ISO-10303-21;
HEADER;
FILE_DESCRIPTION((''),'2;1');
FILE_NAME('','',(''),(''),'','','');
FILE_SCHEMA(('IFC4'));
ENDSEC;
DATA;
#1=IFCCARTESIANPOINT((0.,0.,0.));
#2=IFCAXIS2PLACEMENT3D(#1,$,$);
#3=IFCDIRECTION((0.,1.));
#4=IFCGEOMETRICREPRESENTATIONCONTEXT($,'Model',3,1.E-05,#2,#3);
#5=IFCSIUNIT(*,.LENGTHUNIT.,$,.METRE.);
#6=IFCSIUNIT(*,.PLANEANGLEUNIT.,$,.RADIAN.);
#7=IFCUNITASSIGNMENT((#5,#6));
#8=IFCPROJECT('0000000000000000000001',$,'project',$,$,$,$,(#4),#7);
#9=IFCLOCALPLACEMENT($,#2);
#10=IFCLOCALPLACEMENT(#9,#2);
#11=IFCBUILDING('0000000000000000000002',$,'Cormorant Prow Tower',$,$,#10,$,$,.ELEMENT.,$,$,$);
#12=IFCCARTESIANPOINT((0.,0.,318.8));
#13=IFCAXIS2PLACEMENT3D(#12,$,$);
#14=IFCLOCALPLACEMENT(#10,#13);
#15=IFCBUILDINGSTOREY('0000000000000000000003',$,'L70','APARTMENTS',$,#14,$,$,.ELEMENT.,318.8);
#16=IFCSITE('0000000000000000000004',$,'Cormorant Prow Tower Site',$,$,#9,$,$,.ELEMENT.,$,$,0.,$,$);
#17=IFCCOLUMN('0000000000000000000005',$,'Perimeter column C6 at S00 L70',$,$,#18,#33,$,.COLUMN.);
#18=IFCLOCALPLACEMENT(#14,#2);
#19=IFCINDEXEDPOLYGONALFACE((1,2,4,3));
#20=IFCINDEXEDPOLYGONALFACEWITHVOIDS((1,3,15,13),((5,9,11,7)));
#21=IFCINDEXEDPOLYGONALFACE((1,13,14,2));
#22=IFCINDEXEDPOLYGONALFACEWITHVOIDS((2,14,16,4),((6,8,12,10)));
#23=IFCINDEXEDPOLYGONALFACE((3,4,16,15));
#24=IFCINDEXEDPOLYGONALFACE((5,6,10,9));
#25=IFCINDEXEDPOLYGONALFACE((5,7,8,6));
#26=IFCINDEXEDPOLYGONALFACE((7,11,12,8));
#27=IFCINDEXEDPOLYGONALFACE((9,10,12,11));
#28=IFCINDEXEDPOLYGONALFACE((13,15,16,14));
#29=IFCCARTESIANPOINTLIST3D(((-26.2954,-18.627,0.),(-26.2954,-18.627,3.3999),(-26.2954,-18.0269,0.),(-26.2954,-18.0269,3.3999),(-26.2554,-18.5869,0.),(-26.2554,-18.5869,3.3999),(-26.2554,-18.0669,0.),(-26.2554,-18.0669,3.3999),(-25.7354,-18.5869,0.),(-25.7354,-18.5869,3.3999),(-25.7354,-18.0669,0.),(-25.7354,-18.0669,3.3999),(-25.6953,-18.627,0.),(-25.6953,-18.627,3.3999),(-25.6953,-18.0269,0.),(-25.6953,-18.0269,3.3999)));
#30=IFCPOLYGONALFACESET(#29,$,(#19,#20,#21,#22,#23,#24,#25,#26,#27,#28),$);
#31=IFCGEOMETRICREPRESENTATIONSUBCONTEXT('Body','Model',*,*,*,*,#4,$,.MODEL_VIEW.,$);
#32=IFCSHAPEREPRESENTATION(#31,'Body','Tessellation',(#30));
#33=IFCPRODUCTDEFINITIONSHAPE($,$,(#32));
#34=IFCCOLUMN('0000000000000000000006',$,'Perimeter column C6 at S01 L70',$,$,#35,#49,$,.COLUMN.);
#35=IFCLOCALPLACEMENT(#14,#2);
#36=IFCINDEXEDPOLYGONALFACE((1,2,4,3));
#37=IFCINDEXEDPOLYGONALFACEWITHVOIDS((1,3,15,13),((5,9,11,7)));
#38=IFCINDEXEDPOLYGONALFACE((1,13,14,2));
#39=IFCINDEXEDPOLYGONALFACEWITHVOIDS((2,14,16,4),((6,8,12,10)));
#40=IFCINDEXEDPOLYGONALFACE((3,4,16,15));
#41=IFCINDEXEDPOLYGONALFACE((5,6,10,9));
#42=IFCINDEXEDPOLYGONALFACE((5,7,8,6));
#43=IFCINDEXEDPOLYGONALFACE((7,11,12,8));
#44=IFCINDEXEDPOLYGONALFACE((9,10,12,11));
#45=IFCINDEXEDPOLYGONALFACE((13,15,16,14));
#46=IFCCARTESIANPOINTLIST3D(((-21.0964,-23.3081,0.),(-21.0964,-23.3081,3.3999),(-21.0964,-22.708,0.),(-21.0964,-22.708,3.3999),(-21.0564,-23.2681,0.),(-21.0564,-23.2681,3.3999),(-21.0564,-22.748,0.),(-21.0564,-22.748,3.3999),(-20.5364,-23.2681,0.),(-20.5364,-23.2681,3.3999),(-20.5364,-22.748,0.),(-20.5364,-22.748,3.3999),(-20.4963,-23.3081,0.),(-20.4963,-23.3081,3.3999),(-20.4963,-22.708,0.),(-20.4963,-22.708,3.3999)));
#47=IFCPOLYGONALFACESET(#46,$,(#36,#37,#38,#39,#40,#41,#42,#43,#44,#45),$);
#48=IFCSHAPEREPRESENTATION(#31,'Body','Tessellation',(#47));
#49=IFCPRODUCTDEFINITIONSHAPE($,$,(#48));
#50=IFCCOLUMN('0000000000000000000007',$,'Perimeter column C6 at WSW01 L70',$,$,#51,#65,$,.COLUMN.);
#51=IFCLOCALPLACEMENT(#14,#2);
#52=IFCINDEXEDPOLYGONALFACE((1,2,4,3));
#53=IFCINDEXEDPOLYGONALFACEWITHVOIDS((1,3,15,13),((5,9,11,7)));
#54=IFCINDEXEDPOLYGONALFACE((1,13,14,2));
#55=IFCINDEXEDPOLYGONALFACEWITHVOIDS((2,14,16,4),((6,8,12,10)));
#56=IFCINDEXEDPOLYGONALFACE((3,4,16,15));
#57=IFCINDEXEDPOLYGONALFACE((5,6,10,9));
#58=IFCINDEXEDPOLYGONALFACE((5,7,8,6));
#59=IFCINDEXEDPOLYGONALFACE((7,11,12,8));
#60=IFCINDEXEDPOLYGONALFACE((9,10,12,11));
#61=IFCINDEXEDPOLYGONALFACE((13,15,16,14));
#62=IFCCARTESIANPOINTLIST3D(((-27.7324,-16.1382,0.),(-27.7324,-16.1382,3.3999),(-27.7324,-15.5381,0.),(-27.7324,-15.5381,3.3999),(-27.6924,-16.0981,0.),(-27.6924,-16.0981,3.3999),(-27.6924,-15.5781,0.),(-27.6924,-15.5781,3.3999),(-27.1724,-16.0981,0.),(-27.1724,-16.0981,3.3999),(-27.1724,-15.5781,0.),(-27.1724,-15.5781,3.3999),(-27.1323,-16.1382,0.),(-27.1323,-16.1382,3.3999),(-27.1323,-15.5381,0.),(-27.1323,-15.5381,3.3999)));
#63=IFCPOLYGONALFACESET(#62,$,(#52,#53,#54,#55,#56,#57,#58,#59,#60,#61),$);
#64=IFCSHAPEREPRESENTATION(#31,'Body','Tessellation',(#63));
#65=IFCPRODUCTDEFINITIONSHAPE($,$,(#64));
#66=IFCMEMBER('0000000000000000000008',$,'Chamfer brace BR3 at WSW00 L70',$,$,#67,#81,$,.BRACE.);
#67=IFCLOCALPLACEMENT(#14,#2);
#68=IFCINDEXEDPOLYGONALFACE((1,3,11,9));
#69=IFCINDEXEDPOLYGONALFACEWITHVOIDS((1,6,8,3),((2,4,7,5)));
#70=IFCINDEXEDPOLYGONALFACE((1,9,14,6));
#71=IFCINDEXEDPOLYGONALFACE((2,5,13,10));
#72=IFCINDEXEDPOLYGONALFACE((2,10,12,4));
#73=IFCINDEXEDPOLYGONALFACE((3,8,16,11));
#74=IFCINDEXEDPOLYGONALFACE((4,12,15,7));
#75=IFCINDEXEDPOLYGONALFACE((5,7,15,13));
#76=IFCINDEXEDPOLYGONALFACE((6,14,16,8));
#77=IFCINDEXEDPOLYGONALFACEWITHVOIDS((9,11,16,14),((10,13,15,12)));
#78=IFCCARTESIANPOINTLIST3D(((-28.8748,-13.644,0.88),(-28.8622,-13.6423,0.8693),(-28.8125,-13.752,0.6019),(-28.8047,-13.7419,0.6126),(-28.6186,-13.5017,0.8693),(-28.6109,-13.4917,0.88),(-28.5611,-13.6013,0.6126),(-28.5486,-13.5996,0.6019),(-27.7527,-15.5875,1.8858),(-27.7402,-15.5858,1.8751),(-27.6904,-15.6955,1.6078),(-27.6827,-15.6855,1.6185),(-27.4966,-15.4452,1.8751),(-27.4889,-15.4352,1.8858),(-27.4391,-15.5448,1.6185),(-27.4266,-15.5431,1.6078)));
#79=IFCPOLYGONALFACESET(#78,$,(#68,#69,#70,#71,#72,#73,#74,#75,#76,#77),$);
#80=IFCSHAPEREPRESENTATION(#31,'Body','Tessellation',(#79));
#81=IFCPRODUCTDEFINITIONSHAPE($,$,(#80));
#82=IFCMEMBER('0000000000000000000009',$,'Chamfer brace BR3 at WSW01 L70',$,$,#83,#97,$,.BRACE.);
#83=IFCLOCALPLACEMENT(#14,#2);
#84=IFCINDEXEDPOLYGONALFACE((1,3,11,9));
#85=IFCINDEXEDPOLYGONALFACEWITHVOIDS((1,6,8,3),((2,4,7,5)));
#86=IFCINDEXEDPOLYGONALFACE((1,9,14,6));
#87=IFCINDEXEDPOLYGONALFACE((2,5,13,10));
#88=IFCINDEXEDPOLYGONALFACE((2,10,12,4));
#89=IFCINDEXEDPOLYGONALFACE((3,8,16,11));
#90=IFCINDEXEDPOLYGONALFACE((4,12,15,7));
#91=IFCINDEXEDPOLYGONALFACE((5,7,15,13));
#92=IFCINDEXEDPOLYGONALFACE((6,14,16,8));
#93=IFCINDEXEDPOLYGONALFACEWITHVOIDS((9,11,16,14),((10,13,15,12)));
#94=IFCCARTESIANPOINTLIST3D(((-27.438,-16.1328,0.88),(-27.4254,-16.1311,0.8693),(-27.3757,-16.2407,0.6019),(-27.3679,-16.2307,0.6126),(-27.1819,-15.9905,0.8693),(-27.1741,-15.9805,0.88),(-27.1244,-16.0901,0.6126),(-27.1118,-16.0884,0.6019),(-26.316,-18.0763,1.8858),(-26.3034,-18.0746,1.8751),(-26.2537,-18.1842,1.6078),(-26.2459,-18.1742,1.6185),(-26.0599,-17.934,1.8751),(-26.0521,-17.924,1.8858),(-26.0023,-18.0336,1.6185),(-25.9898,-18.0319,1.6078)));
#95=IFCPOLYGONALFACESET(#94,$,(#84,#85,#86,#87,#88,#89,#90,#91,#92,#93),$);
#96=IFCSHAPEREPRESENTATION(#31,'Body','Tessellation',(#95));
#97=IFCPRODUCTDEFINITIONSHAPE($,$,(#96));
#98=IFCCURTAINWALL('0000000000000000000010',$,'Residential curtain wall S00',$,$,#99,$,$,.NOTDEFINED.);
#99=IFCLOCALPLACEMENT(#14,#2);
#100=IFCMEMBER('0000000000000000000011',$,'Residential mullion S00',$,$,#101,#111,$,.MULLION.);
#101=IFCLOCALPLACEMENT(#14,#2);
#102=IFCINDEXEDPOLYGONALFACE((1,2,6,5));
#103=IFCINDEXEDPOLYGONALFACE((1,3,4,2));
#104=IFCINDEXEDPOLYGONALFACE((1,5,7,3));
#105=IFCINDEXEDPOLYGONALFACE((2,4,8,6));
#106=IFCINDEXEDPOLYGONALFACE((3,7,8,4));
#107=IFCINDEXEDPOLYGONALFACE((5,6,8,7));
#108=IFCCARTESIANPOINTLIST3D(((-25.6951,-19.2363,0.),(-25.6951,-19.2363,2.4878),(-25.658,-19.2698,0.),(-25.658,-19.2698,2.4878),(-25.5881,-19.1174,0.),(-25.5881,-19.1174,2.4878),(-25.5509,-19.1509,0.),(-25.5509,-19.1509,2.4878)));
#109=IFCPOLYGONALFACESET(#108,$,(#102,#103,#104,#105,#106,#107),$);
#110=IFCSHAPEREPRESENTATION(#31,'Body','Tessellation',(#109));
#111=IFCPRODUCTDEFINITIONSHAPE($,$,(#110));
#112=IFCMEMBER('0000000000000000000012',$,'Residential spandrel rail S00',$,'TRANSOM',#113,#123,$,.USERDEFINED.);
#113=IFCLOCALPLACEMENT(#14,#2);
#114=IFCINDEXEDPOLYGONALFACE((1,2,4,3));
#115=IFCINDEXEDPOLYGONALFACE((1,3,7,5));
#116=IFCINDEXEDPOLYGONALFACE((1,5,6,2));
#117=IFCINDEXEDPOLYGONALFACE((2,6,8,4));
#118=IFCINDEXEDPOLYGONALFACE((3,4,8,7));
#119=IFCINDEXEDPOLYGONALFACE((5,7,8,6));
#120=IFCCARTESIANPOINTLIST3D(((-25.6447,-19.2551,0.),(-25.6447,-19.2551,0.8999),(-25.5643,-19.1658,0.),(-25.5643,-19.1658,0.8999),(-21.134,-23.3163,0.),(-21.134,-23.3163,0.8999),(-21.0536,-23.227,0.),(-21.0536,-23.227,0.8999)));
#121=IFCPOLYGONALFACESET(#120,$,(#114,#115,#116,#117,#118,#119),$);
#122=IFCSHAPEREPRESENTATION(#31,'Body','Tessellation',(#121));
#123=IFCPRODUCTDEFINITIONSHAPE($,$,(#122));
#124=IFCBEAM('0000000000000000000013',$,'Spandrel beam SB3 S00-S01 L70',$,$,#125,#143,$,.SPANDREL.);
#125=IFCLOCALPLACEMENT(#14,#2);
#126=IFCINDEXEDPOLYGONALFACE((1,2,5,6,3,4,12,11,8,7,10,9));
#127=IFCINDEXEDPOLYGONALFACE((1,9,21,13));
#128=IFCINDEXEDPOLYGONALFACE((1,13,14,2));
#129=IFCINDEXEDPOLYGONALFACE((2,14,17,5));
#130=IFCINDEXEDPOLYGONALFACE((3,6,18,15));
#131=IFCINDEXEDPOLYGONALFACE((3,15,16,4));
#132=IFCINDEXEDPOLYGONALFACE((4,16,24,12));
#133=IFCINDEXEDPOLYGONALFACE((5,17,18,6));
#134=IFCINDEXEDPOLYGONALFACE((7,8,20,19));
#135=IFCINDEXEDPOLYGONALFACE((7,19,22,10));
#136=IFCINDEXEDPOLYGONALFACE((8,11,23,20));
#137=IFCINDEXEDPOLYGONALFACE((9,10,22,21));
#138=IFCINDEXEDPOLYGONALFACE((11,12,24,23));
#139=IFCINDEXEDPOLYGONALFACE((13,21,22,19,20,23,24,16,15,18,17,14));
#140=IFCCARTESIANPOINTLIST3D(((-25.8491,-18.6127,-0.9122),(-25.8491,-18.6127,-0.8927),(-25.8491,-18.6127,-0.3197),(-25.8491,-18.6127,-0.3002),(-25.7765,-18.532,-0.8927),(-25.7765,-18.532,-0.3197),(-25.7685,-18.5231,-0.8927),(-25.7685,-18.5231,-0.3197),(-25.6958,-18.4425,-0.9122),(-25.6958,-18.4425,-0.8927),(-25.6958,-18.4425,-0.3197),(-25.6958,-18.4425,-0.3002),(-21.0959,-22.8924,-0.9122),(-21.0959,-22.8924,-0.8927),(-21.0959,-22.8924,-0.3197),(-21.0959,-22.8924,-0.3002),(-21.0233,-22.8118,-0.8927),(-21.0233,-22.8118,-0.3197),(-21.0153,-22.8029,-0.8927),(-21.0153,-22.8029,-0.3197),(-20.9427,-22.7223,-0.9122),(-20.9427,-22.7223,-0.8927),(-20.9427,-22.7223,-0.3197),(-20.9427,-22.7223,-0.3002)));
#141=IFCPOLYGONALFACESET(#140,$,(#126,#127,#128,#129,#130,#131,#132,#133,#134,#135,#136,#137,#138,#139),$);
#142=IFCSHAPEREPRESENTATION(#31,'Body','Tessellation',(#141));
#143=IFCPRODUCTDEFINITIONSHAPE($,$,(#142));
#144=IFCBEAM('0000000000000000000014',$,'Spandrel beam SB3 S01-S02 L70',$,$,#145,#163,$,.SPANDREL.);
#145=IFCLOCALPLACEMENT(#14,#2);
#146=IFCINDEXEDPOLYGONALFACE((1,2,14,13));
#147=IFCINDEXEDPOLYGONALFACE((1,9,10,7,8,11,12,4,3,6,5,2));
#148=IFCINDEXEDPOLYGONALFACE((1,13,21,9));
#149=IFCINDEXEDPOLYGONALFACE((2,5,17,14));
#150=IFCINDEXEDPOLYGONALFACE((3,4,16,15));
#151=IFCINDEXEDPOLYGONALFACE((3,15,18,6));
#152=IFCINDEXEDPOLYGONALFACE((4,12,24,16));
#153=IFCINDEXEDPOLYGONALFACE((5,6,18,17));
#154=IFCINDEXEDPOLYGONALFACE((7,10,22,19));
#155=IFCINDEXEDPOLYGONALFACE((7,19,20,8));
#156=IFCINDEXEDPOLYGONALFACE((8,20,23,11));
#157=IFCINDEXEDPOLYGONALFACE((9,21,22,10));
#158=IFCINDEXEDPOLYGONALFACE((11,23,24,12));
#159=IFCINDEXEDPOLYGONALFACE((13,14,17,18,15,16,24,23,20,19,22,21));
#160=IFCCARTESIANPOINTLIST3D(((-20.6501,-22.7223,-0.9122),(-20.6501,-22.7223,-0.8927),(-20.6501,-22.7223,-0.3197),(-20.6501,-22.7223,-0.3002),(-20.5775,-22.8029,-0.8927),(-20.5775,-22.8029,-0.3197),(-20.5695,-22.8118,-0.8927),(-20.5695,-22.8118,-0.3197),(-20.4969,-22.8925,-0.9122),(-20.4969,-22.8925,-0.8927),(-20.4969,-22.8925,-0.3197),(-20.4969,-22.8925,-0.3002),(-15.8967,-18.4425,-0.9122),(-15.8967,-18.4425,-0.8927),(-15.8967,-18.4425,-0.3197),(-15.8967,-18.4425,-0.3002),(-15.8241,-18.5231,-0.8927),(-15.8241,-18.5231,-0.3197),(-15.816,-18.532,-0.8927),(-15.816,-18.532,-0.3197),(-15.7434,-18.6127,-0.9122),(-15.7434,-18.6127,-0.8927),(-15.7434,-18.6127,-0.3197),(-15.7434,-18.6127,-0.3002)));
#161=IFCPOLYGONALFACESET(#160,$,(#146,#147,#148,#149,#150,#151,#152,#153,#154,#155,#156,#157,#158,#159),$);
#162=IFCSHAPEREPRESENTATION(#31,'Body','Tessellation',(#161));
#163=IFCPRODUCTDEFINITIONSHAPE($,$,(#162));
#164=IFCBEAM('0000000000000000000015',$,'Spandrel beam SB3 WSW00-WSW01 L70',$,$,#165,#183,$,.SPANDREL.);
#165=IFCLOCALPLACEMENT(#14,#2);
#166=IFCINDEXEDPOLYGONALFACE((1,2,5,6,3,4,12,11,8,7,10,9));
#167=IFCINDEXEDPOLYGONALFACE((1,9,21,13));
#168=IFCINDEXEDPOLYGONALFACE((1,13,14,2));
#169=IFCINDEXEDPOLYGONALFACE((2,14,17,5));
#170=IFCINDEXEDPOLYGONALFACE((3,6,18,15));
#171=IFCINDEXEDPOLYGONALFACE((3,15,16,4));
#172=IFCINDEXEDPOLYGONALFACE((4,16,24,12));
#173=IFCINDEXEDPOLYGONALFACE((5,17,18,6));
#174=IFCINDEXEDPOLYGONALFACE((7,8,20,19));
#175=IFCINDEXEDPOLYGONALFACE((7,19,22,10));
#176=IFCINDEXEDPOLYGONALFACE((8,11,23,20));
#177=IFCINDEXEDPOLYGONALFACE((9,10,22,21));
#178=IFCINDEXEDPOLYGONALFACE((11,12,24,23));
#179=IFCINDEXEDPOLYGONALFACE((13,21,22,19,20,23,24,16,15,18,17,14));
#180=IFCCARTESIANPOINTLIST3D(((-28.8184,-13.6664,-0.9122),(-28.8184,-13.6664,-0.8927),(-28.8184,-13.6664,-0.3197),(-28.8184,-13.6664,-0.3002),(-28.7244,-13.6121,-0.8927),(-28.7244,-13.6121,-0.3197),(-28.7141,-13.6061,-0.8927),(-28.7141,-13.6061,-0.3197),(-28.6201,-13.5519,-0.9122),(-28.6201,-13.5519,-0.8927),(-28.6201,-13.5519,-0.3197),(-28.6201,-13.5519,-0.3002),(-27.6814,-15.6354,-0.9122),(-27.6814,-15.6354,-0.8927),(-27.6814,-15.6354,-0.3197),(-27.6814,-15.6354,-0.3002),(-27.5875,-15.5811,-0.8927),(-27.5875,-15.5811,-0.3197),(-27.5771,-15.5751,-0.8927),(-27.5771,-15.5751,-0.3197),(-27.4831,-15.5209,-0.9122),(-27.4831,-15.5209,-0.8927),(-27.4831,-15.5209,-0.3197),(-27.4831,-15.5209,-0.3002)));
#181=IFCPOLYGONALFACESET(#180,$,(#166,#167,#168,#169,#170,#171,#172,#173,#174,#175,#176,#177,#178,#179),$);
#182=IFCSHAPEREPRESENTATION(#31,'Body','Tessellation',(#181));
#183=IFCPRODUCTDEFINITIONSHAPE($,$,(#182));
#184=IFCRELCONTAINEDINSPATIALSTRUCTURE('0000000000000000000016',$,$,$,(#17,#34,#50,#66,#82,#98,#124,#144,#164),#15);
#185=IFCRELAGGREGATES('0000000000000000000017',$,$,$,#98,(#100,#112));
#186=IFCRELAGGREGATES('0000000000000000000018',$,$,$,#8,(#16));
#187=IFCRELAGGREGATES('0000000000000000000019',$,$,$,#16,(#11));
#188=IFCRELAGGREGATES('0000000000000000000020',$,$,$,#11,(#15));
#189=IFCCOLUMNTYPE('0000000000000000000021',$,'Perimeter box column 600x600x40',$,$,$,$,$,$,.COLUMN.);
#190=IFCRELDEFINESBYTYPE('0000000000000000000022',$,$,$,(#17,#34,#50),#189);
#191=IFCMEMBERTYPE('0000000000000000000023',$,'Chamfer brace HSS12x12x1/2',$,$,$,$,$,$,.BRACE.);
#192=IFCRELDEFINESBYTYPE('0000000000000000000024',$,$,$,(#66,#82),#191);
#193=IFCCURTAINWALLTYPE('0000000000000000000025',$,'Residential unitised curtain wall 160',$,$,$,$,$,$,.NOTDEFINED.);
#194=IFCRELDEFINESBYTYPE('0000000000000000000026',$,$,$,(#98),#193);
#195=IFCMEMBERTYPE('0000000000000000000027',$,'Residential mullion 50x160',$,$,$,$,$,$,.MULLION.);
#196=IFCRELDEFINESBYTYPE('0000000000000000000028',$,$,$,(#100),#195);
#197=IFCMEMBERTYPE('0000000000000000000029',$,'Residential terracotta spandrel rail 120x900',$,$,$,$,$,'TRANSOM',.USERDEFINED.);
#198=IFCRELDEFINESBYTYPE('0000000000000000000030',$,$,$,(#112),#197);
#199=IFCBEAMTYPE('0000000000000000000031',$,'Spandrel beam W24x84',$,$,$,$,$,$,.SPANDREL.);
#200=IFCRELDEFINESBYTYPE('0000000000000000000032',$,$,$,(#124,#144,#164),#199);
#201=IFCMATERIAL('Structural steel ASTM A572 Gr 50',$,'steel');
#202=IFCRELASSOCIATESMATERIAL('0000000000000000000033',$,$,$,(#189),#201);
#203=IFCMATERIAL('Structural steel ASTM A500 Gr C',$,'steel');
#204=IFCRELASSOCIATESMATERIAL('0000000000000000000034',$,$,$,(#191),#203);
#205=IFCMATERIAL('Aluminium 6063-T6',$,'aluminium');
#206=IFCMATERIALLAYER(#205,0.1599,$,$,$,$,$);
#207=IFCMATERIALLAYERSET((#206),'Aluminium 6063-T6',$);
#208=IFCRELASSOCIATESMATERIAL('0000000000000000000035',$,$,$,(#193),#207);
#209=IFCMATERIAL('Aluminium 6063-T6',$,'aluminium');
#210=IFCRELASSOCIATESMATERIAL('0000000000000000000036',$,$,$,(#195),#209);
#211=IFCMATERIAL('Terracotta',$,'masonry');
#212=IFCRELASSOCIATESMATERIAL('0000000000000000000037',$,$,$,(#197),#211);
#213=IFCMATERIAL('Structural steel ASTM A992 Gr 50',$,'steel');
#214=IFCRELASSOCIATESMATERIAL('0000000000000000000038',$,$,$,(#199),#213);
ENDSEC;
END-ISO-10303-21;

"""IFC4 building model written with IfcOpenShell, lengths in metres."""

from ifc_helpers import new_model, si_unit, direction, frame, origin, origin_2d, place, context, subcontext, project, spatial, rectangle, hollow_rectangle, i_section, extrude, material, layer, layer_set, material_profile, profile_set, type_object, element, aggregate, save


model = new_model("IFC4")

# Units and contexts
model_context = context("Model", 3, precision=1e-05, world=origin(), true_north=direction((0.0, 1.0)))
body_context = subcontext(model_context, "Body", "Model", "MODEL_VIEW")
ifc_project = project(units=[si_unit("LENGTHUNIT", "METRE"), si_unit("PLANEANGLEUNIT", "RADIAN")], contexts=[model_context])

# Site, building, storey
site_placement = place(None, origin())
site = spatial("IfcSite", under=ifc_project, at=site_placement, Name="Cormorant Prow Tower Site", CompositionType="ELEMENT", RefElevation=0.0)
building_placement = place(site_placement, origin())
building = spatial("IfcBuilding", under=site, at=building_placement, Name="Cormorant Prow Tower", CompositionType="ELEMENT")
storey_placement = place(building_placement, frame((0.0, 0.0, 318.8)))
storey = spatial("IfcBuildingStorey", under=building, at=storey_placement, Name="L70", Description="APARTMENTS", CompositionType="ELEMENT", Elevation=318.8)

# Columns
ifc_material_1 = material(Name="Structural steel ASTM A572 Gr 50", Category="steel")
ifc_material_profile_1 = material_profile(ifc_material_1, hollow_rectangle(XDim=0.6001, YDim=0.6001, WallThickness=0.04, at=origin_2d()), Name="Box 600x600x40")
ifc_profile_set_1 = profile_set([ifc_material_profile_1], Name="Structural steel ASTM A572 Gr 50")
column_type = type_object("IfcColumnType", Name="Perimeter box column 600x600x40", PredefinedType="COLUMN", material=ifc_profile_set_1)
for number, where, z_axis, x_axis, name in (
    (1, (-25.9954, -18.3269, 0.0), (0.0, 0.0, 1.0), (1.0, 0.0, 0.0), "Perimeter column C6 at S00 L70"),
    (2, (-20.7964, -23.0081, 0.0), (0.0, 0.0, 1.0), (1.0, 0.0, 0.0), "Perimeter column C6 at S01 L70"),
    (3, (-27.4324, -15.8381, 0.0), (0.0, 0.0, 1.0), (1.0, 0.0, 0.0), "Perimeter column C6 at WSW01 L70"),
):
    element("IfcColumn", number, at=place(storey_placement, frame(where, z_axis=z_axis, x_axis=x_axis)), inside=storey, type_object=column_type, Name=name, PredefinedType="COLUMN", context=body_context, shape_type="SweptSolid", body=[
        extrude(hollow_rectangle(XDim=0.6001, YDim=0.6001, WallThickness=0.04, at=origin_2d()), origin(), (0.0, 0.0, 1.0), 3.3999),
    ])

# Members
ifc_material_2 = material(Name="Structural steel ASTM A500 Gr C", Category="steel")
ifc_material_profile_2 = material_profile(ifc_material_2, hollow_rectangle(XDim=0.3047, YDim=0.3047, WallThickness=0.0117, at=origin_2d()), Name="HSS12x12x1/2")
ifc_profile_set_2 = profile_set([ifc_material_profile_2], Name="Structural steel ASTM A500 Gr C")
member_type_1 = type_object("IfcMemberType", Name="Chamfer brace HSS12x12x1/2", PredefinedType="BRACE", material=ifc_profile_set_2)
for number, where, z_axis, x_axis, name in (
    (4, (-28.7117, -13.6218, 0.741), (0.456247, -0.790292, 0.408994), (0.866039, 0.499977, 0.0), "Chamfer brace BR3 at WSW00 L70"),
    (5, (-27.2749, -16.1106, 0.741), (0.456247, -0.790292, 0.408994), (0.866039, 0.499977, 0.0), "Chamfer brace BR3 at WSW01 L70"),
):
    element("IfcMember", number, at=place(storey_placement, frame(where, z_axis=z_axis, x_axis=x_axis)), inside=storey, type_object=member_type_1, Name=name, PredefinedType="BRACE", context=body_context, shape_type="SweptSolid", body=[
        extrude(hollow_rectangle(XDim=0.3047, YDim=0.3047, WallThickness=0.0117, at=origin_2d()), origin(), (0.0, 0.0, 1.0), 2.4592),
    ])

# Curtain wall, members
ifc_material_3 = material(Name="Aluminium 6063-T6", Category="aluminium")
ifc_layer_1 = layer(ifc_material_3, 0.1599)
ifc_layer_set_1 = layer_set([ifc_layer_1], Name="Aluminium 6063-T6")
curtain_wall_type = type_object("IfcCurtainWallType", Name="Residential unitised curtain wall 160", PredefinedType="NOTDEFINED", material=ifc_layer_set_1)
curtain_wall_placement = place(storey_placement, origin())
curtain_wall = element("IfcCurtainWall", 6, at=curtain_wall_placement, inside=storey, type_object=curtain_wall_type, Name="Residential curtain wall S00", PredefinedType="NOTDEFINED")
ifc_material_4 = material(Name="Aluminium 6063-T6", Category="aluminium")
ifc_material_profile_3 = material_profile(ifc_material_4, rectangle(XDim=0.1599, YDim=0.05, at=origin_2d()), Name="Residential mullion 50x160")
ifc_profile_set_3 = profile_set([ifc_material_profile_3], Name="Aluminium 6063-T6")
member_type_2 = type_object("IfcMemberType", Name="Residential mullion 50x160", PredefinedType="MULLION", material=ifc_profile_set_3)
member_1_placement = place(storey_placement, frame((-25.623, -19.1936, 0.0), z_axis=(0.0, 0.0, 1.0), x_axis=(0.669131, 0.743145, 0.0)))
member_1 = element("IfcMember", 7, at=member_1_placement, type_object=member_type_2, Name="Residential mullion S00", PredefinedType="MULLION", context=body_context, shape_type="SweptSolid", body=[
    extrude(rectangle(XDim=0.1599, YDim=0.05, at=origin_2d()), origin(), (0.0, 0.0, 1.0), 2.4878),
])
ifc_material_5 = material(Name="Terracotta", Category="masonry")
ifc_material_profile_4 = material_profile(ifc_material_5, rectangle(XDim=0.1201, YDim=0.8999, at=origin_2d()), Name="Residential terracotta spandrel rail 120x900")
ifc_profile_set_4 = profile_set([ifc_material_profile_4], Name="Terracotta")
member_type_3 = type_object("IfcMemberType", Name="Residential terracotta spandrel rail 120x900", ElementType="TRANSOM", PredefinedType="USERDEFINED", material=ifc_profile_set_4)
member_2_placement = place(storey_placement, frame((-25.6045, -19.2104, 0.45), z_axis=(0.743162, -0.669111, 0.0), x_axis=(0.669111, 0.743162, 0.0)))
member_2 = element("IfcMember", 8, at=member_2_placement, type_object=member_type_3, Name="Residential spandrel rail S00", ObjectType="TRANSOM", PredefinedType="USERDEFINED", context=body_context, shape_type="SweptSolid", body=[
    extrude(rectangle(XDim=0.1201, YDim=0.8999, at=origin_2d()), origin(), (0.0, 0.0, 1.0), 6.0696),
])

# Beams
ifc_material_6 = material(Name="Structural steel ASTM A992 Gr 50", Category="steel")
ifc_material_profile_5 = material_profile(ifc_material_6, i_section(OverallWidth=0.229, OverallDepth=0.6121, WebThickness=0.012, FlangeThickness=0.0195, at=origin_2d()), Name="W24x84")
ifc_profile_set_5 = profile_set([ifc_material_profile_5], Name="Structural steel ASTM A992 Gr 50")
beam_type = type_object("IfcBeamType", Name="Spandrel beam W24x84", PredefinedType="SPANDREL", material=ifc_profile_set_5)
beam_1_placement = place(storey_placement, frame((-25.7725, -18.5276, -0.6062), z_axis=(0.743144, -0.669131, 0.0), x_axis=(0.669131, 0.743144, 0.0)))
element("IfcBeam", 9, at=beam_1_placement, inside=storey, type_object=beam_type, Name="Spandrel beam SB3 S00-S01 L70", PredefinedType="SPANDREL", context=body_context, shape_type="SweptSolid", body=[
    extrude(i_section(OverallWidth=0.229, OverallDepth=0.6121, WebThickness=0.012, FlangeThickness=0.0195, at=origin_2d()), origin(), (0.0, 0.0, 1.0), 6.396),
])
beam_2_placement = place(storey_placement, frame((-20.5735, -22.8074, -0.6062), z_axis=(0.743161, 0.669112, 0.0), x_axis=(-0.669112, 0.743161, 0.0)))
element("IfcBeam", 10, at=beam_2_placement, inside=storey, type_object=beam_type, Name="Spandrel beam SB3 S01-S02 L70", PredefinedType="SPANDREL", context=body_context, shape_type="SweptSolid", body=[
    extrude(i_section(OverallWidth=0.229, OverallDepth=0.6121, WebThickness=0.012, FlangeThickness=0.0195, at=origin_2d()), origin(), (0.0, 0.0, 1.0), 6.3962),
])
beam_3_placement = place(storey_placement, frame((-28.7192, -13.6091, -0.6062), z_axis=(0.500054, -0.865994, 0.0), x_axis=(0.865994, 0.500054, 0.0)))
element("IfcBeam", 11, at=beam_3_placement, inside=storey, type_object=beam_type, Name="Spandrel beam SB3 WSW00-WSW01 L70", PredefinedType="SPANDREL", context=body_context, shape_type="SweptSolid", body=[
    extrude(i_section(OverallWidth=0.229, OverallDepth=0.6121, WebThickness=0.012, FlangeThickness=0.0195, at=origin_2d()), origin(), (0.0, 0.0, 1.0), 2.2737),
])

aggregate(curtain_wall, [member_1, member_2])

save(model, "model.ifc")
